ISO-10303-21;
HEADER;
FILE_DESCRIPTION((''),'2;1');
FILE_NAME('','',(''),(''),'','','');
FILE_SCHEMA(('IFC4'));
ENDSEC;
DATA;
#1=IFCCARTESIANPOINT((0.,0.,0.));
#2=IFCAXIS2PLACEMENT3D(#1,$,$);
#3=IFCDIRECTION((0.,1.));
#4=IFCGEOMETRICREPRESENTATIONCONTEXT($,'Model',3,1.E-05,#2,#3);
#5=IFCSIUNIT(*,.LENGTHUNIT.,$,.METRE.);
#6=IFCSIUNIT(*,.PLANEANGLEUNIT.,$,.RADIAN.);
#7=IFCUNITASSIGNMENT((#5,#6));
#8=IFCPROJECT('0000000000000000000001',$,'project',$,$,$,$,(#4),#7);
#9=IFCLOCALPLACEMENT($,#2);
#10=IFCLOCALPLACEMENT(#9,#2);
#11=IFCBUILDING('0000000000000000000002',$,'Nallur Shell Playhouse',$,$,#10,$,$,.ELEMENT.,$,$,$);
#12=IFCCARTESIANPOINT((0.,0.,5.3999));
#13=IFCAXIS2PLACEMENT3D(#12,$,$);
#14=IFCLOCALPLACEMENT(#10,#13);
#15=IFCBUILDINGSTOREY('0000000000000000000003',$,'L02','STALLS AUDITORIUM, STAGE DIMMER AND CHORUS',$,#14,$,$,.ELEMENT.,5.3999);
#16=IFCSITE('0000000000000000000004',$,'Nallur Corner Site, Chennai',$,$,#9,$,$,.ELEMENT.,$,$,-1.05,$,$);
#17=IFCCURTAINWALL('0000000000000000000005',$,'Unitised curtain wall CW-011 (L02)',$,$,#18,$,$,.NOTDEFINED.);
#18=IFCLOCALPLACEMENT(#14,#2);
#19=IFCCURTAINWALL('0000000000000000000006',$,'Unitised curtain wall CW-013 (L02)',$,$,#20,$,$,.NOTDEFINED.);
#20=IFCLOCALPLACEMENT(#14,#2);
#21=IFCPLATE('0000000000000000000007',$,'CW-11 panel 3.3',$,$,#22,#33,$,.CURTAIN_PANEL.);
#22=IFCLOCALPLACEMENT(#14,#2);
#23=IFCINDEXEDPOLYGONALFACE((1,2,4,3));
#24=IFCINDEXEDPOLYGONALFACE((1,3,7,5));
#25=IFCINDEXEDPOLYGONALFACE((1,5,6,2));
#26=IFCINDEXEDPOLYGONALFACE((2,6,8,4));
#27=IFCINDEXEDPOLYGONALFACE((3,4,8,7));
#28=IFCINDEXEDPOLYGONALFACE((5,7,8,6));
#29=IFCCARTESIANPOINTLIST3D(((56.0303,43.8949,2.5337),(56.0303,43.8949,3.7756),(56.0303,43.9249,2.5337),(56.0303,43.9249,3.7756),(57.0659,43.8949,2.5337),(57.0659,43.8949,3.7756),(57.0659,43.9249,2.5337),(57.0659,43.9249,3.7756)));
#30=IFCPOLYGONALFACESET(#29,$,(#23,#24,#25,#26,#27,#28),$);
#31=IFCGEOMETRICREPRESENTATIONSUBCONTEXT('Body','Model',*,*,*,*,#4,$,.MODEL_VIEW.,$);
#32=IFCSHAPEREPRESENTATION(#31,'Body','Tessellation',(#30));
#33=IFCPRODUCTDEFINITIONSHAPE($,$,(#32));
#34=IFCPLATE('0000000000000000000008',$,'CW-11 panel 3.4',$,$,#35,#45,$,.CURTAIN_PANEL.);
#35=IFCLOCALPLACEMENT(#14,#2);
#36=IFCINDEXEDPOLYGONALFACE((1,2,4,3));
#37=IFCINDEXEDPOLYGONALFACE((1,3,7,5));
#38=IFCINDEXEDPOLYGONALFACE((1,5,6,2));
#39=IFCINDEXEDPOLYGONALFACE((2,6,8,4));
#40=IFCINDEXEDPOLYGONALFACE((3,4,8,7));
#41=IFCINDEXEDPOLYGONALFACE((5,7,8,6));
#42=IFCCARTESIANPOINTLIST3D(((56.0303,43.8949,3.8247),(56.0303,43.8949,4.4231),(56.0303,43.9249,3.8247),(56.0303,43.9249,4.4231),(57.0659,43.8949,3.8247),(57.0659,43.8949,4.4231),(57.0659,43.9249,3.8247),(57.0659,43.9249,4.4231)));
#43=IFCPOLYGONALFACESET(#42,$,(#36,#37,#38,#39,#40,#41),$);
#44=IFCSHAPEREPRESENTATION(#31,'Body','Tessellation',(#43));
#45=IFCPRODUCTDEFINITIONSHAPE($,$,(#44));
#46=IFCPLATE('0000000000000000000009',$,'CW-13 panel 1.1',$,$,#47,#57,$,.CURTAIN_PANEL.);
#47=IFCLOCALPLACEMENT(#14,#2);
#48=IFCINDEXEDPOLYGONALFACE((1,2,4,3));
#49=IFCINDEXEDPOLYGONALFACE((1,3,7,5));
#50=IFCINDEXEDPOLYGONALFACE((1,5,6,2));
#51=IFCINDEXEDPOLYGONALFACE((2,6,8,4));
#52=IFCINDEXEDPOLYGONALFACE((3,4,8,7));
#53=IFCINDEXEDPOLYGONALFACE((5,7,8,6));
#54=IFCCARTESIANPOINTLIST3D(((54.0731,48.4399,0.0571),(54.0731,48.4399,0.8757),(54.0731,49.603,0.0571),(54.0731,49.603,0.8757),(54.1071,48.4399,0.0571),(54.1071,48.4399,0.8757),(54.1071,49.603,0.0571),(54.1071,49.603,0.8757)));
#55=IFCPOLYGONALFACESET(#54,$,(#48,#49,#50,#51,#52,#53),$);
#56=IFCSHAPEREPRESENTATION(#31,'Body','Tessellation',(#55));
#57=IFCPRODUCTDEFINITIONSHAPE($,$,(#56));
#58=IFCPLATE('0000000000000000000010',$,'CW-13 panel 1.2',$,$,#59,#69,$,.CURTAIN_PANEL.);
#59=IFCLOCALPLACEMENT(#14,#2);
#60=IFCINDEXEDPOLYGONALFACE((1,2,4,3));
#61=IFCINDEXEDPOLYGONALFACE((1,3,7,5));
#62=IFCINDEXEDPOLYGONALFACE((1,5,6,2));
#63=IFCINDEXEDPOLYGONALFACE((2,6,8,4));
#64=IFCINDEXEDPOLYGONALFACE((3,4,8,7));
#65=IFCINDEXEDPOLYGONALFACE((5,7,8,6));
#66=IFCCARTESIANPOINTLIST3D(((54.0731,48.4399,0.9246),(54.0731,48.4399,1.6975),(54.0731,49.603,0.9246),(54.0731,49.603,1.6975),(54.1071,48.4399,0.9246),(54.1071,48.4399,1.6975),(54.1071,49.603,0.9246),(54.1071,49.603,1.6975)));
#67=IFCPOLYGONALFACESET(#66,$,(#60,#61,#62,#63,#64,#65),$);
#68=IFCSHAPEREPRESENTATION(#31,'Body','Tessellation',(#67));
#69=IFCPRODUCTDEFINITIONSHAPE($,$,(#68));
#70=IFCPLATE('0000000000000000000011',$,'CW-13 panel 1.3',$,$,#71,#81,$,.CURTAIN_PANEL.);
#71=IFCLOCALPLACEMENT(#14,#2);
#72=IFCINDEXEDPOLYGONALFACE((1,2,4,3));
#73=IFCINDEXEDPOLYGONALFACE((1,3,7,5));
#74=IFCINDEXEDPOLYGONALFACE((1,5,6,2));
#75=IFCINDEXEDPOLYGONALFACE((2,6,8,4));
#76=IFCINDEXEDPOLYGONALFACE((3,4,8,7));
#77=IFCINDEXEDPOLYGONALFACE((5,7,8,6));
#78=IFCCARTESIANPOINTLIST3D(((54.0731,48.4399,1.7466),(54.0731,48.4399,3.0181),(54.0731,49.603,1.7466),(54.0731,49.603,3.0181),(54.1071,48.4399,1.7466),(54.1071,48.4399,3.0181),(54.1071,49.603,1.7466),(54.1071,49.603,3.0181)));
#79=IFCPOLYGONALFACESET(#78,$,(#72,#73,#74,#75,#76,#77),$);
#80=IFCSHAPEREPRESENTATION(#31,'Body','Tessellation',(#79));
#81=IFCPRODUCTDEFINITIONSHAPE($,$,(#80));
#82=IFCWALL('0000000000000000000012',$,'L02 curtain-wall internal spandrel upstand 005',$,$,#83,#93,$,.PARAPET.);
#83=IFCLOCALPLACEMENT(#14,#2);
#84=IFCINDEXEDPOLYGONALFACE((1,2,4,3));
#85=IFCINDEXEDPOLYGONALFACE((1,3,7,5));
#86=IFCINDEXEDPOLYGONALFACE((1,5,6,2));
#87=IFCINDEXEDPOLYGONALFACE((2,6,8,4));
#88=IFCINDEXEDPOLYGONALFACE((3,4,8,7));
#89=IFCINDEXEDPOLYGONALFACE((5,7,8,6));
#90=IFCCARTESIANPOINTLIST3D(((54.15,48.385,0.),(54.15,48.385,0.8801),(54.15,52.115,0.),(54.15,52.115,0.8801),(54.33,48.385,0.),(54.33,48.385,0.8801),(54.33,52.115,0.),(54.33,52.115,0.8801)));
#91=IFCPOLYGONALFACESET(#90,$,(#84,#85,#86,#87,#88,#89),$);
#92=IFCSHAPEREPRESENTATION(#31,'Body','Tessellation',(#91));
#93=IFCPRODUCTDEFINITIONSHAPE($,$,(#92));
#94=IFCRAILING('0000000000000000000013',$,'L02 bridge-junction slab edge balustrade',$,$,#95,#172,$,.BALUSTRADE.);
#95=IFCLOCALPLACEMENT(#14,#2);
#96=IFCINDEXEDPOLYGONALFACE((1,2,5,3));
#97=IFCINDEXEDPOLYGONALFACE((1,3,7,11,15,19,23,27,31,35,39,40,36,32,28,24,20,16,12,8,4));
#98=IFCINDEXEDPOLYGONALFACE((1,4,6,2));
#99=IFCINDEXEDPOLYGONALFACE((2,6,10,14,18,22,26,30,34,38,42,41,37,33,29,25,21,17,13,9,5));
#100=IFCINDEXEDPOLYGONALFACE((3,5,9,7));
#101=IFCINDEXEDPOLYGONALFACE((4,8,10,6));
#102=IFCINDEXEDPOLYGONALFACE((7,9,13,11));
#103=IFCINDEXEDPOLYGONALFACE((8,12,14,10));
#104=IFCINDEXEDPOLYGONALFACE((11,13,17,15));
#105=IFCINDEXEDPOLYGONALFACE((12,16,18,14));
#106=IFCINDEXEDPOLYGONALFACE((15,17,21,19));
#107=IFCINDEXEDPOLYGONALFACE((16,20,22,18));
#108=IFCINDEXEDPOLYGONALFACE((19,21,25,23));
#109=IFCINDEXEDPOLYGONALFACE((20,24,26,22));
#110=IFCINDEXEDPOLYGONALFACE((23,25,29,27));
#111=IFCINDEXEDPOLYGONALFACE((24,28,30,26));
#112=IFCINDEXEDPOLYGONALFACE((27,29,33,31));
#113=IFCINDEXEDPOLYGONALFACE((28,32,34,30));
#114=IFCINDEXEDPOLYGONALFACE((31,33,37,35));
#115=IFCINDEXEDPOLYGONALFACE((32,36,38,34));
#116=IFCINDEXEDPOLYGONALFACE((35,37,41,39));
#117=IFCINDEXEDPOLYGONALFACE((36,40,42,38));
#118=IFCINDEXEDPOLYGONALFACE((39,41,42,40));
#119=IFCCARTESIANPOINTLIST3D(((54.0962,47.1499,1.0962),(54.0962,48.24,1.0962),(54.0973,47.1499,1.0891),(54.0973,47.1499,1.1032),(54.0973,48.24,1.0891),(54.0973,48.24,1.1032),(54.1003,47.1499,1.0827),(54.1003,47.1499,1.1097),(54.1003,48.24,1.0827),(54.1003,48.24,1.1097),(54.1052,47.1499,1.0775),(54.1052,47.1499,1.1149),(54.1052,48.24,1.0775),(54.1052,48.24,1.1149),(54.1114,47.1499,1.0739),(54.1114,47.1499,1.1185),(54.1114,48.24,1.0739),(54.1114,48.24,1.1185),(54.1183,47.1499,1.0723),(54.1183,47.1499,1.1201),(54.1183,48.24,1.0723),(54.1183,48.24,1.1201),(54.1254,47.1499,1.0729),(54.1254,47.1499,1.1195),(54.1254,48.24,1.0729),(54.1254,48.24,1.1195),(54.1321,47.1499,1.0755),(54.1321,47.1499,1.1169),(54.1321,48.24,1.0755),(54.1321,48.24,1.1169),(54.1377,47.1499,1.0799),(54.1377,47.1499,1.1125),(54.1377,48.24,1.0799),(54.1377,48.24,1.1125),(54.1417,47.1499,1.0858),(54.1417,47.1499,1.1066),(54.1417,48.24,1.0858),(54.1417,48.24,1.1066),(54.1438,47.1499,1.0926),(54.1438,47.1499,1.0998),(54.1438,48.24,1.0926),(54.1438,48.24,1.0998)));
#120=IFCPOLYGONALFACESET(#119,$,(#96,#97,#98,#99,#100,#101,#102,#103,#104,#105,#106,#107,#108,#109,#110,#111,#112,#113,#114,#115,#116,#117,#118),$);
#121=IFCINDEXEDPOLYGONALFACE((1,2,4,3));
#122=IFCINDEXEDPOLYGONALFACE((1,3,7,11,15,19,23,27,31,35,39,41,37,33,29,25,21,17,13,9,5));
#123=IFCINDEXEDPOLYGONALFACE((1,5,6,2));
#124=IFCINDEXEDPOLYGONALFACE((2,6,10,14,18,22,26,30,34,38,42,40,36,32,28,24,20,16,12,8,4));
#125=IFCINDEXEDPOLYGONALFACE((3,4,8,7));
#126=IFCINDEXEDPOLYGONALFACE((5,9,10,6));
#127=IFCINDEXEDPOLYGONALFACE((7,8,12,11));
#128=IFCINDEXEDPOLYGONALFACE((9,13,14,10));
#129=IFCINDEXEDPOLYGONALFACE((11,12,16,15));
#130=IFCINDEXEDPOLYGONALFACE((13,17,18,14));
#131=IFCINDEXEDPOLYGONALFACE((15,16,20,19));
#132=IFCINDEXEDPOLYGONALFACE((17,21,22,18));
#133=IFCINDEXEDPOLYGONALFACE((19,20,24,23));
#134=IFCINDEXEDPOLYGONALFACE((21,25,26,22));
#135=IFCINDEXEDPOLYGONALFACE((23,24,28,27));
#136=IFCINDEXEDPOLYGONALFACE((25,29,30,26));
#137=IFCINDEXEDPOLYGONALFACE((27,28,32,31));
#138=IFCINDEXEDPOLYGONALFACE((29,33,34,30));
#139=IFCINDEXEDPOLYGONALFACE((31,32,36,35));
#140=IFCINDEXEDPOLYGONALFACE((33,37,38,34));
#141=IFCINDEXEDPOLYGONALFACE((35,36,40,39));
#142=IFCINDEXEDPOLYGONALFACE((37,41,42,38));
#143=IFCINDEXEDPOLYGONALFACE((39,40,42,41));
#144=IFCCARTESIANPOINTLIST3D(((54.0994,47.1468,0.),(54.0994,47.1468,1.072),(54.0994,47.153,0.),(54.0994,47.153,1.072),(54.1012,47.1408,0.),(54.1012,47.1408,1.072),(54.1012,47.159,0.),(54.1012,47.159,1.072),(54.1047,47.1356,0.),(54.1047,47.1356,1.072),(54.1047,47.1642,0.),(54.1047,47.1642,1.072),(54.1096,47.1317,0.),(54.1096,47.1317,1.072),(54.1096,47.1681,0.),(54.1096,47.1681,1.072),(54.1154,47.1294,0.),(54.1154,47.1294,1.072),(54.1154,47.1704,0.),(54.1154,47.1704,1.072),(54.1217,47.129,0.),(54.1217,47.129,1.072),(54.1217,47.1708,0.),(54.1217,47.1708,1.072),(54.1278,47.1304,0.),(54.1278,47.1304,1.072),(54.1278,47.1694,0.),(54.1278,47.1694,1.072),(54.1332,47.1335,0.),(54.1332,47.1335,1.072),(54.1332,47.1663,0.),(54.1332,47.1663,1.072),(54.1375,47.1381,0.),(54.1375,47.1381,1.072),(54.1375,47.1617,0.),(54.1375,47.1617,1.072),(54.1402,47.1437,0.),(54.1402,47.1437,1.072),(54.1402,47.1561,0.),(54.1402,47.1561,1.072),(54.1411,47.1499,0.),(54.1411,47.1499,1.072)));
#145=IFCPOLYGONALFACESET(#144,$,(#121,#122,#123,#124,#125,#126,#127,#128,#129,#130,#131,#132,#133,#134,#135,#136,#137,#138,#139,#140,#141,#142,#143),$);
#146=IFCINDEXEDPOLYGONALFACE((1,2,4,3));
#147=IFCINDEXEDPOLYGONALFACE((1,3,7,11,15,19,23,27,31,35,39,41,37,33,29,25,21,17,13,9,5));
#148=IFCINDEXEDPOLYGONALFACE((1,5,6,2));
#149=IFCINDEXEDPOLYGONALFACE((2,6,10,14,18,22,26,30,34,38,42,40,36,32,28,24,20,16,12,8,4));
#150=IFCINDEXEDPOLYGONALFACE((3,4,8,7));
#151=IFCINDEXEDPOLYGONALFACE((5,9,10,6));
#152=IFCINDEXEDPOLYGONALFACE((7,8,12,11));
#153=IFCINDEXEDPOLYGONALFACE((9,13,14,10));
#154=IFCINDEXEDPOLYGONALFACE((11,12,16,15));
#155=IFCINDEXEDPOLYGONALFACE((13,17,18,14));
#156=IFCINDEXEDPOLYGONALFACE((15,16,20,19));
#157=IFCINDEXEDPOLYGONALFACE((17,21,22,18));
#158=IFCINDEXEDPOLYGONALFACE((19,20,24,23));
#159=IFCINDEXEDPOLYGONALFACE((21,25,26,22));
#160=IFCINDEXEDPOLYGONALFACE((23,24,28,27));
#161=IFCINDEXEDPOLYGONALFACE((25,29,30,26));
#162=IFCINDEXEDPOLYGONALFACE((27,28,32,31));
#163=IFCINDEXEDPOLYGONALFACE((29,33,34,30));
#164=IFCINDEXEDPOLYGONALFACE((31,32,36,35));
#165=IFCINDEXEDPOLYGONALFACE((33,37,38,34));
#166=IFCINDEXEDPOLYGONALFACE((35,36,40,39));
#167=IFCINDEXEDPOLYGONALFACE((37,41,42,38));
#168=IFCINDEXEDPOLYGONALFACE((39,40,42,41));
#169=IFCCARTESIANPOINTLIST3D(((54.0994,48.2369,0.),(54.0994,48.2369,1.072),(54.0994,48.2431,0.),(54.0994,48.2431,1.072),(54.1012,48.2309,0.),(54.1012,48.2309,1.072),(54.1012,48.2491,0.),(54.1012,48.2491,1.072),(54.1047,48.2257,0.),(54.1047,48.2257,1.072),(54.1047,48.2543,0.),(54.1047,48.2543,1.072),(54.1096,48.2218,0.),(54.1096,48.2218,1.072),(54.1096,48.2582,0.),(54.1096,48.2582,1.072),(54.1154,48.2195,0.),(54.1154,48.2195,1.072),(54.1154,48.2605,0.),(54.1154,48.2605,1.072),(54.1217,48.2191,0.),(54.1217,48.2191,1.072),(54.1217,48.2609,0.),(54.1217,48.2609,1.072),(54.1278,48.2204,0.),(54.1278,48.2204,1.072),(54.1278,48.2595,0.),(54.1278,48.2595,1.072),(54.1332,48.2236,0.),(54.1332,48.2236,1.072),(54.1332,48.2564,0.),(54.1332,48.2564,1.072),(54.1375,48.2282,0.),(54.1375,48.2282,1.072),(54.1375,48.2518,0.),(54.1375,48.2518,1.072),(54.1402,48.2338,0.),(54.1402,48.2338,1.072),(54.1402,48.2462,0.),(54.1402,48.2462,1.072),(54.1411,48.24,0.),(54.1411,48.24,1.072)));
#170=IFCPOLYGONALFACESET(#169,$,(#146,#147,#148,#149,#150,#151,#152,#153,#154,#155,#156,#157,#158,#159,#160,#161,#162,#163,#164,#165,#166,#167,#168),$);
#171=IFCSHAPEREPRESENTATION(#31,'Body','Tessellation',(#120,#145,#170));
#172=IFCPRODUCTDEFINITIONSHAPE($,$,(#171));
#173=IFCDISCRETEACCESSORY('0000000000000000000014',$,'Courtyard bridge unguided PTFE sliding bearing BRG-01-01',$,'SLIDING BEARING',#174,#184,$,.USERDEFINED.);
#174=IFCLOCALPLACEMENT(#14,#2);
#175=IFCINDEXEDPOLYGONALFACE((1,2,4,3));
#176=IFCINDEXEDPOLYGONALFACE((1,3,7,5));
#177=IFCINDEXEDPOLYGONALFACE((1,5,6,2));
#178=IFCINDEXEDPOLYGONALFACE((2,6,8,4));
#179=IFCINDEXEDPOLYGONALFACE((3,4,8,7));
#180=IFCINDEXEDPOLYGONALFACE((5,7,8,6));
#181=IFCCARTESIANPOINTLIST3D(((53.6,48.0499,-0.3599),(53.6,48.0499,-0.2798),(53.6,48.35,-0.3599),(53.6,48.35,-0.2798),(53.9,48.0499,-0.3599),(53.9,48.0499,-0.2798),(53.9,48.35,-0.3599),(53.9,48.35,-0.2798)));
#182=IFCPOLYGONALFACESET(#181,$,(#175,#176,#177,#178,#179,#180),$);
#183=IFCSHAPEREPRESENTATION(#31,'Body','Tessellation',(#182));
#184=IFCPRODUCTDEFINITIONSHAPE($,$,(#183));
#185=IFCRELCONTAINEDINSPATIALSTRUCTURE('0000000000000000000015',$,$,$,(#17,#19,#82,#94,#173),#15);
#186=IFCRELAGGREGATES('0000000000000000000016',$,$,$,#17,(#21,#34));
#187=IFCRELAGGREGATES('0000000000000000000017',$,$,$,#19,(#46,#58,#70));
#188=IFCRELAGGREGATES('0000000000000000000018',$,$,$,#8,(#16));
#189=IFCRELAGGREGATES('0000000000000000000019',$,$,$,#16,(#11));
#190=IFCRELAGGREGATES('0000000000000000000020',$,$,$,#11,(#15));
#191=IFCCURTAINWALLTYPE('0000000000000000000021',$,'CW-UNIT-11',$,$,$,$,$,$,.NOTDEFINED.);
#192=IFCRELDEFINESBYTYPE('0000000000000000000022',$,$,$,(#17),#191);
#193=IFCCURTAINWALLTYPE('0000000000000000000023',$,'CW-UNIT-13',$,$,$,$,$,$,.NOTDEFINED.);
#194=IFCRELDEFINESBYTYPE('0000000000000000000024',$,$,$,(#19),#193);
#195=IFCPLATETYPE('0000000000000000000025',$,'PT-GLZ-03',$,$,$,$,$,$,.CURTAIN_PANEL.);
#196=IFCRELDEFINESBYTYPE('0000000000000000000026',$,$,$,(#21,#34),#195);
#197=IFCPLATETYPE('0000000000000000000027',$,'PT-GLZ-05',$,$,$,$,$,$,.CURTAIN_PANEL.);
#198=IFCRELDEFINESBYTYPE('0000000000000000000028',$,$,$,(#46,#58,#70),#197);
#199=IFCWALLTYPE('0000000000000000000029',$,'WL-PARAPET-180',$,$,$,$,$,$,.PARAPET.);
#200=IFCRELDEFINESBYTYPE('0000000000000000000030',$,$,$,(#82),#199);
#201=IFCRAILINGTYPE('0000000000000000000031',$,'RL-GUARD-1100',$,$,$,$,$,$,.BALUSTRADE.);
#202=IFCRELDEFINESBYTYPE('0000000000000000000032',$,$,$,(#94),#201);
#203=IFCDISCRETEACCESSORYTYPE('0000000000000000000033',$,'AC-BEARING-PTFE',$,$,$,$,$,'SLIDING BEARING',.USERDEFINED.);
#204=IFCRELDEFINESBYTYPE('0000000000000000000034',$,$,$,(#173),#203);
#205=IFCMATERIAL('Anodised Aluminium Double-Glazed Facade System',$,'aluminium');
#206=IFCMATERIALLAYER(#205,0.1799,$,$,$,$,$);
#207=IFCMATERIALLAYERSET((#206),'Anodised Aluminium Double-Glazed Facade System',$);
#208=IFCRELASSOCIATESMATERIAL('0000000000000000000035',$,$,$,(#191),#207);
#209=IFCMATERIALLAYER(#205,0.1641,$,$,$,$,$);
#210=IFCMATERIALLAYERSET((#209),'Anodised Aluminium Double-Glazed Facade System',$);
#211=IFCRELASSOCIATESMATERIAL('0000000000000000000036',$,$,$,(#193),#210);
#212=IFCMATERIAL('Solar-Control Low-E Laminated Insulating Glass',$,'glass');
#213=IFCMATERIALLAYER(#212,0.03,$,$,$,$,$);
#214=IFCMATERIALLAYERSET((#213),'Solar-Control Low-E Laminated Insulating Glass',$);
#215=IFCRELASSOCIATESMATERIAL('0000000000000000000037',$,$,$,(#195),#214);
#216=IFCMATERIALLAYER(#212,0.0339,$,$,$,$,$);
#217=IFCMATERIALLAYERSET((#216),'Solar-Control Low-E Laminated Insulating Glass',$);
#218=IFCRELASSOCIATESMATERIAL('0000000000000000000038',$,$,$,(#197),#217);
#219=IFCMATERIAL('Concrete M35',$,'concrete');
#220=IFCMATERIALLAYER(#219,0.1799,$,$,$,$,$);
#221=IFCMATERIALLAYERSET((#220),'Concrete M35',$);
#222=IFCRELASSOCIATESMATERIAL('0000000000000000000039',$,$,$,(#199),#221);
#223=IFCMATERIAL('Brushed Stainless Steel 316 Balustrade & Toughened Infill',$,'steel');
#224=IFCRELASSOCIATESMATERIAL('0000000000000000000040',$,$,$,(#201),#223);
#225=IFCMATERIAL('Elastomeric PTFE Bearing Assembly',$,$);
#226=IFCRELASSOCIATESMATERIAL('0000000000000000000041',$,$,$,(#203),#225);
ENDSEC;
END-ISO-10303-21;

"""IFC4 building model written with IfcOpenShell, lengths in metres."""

from ifc_helpers import new_model, si_unit, direction, frame, frame_2d, origin, origin_2d, place, context, subcontext, project, spatial, rectangle, circle, extrude, material, layer, layer_set, type_object, element, aggregate, save


model = new_model("IFC4")

# Units and contexts
model_context = context("Model", 3, precision=1e-05, world=origin(), true_north=direction((0.0, 1.0)))
body_context = subcontext(model_context, "Body", "Model", "MODEL_VIEW")
ifc_project = project(units=[si_unit("LENGTHUNIT", "METRE"), si_unit("PLANEANGLEUNIT", "RADIAN")], contexts=[model_context])

# Site, building, storey
site_placement = place(None, origin())
site = spatial("IfcSite", under=ifc_project, at=site_placement, Name="Nallur Corner Site, Chennai", CompositionType="ELEMENT", RefElevation=-1.05)
building_placement = place(site_placement, origin())
building = spatial("IfcBuilding", under=site, at=building_placement, Name="Nallur Shell Playhouse", CompositionType="ELEMENT")
storey_placement = place(building_placement, frame((0.0, 0.0, 5.3999)))
storey = spatial("IfcBuildingStorey", under=building, at=storey_placement, Name="L02", Description="STALLS AUDITORIUM, STAGE DIMMER AND CHORUS", CompositionType="ELEMENT", Elevation=5.3999)

# Curtain wall
ifc_material_1 = material(Name="Anodised Aluminium Double-Glazed Facade System", Category="aluminium")
ifc_layer_1 = layer(ifc_material_1, 0.1799)
ifc_layer_set_1 = layer_set([ifc_layer_1], Name="Anodised Aluminium Double-Glazed Facade System")
curtain_wall_type_1 = type_object("IfcCurtainWallType", Name="CW-UNIT-11", PredefinedType="NOTDEFINED", material=ifc_layer_set_1)
curtain_wall_1_placement = place(storey_placement, origin())
curtain_wall_1 = element("IfcCurtainWall", 1, at=curtain_wall_1_placement, inside=storey, type_object=curtain_wall_type_1, Name="Unitised curtain wall CW-011 (L02)", PredefinedType="NOTDEFINED")

# Curtain wall
ifc_layer_2 = layer(ifc_material_1, 0.1641)
ifc_layer_set_2 = layer_set([ifc_layer_2], Name="Anodised Aluminium Double-Glazed Facade System")
curtain_wall_type_2 = type_object("IfcCurtainWallType", Name="CW-UNIT-13", PredefinedType="NOTDEFINED", material=ifc_layer_set_2)
curtain_wall_2_placement = place(storey_placement, origin())
curtain_wall_2 = element("IfcCurtainWall", 2, at=curtain_wall_2_placement, inside=storey, type_object=curtain_wall_type_2, Name="Unitised curtain wall CW-013 (L02)", PredefinedType="NOTDEFINED")

# Plates
ifc_material_2 = material(Name="Solar-Control Low-E Laminated Insulating Glass", Category="glass")
ifc_layer_3 = layer(ifc_material_2, 0.03)
ifc_layer_set_3 = layer_set([ifc_layer_3], Name="Solar-Control Low-E Laminated Insulating Glass")
plate_type_1 = type_object("IfcPlateType", Name="PT-GLZ-03", PredefinedType="CURTAIN_PANEL", material=ifc_layer_set_3)
plate_1_placement = place(storey_placement, frame((56.5481, 43.9099, 2.5337), z_axis=(0.0, 0.0, 1.0), x_axis=(1.0, 0.0, 0.0)))
plate_1 = element("IfcPlate", 3, at=plate_1_placement, type_object=plate_type_1, Name="CW-11 panel 3.3", PredefinedType="CURTAIN_PANEL", context=body_context, shape_type="SweptSolid", body=[
    extrude(rectangle(XDim=1.0356, YDim=0.03, at=origin_2d()), origin(), (0.0, 0.0, 1.0), 1.2419),
])
plate_2_placement = place(storey_placement, frame((56.5481, 43.9099, 3.8247), z_axis=(0.0, 0.0, 1.0), x_axis=(1.0, 0.0, 0.0)))
plate_2 = element("IfcPlate", 4, at=plate_2_placement, type_object=plate_type_1, Name="CW-11 panel 3.4", PredefinedType="CURTAIN_PANEL", context=body_context, shape_type="SweptSolid", body=[
    extrude(rectangle(XDim=1.0356, YDim=0.03, at=origin_2d()), origin(), (0.0, 0.0, 1.0), 0.5984),
])
aggregate(curtain_wall_1, [plate_1, plate_2])
ifc_layer_4 = layer(ifc_material_2, 0.0339)
ifc_layer_set_4 = layer_set([ifc_layer_4], Name="Solar-Control Low-E Laminated Insulating Glass")
plate_type_2 = type_object("IfcPlateType", Name="PT-GLZ-05", PredefinedType="CURTAIN_PANEL", material=ifc_layer_set_4)
plate_3_placement = place(storey_placement, frame((54.0901, 49.0215, 0.0571), z_axis=(0.0, 0.0, 1.0), x_axis=(0.0, 1.0, 0.0)))
plate_3 = element("IfcPlate", 5, at=plate_3_placement, type_object=plate_type_2, Name="CW-13 panel 1.1", PredefinedType="CURTAIN_PANEL", context=body_context, shape_type="SweptSolid", body=[
    extrude(rectangle(XDim=1.1631, YDim=0.0339, at=origin_2d()), origin(), (0.0, 0.0, 1.0), 0.8186),
])
plate_4_placement = place(storey_placement, frame((54.0901, 49.0215, 0.9246), z_axis=(0.0, 0.0, 1.0), x_axis=(0.0, 1.0, 0.0)))
plate_4 = element("IfcPlate", 6, at=plate_4_placement, type_object=plate_type_2, Name="CW-13 panel 1.2", PredefinedType="CURTAIN_PANEL", context=body_context, shape_type="SweptSolid", body=[
    extrude(rectangle(XDim=1.1631, YDim=0.0339, at=origin_2d()), origin(), (0.0, 0.0, 1.0), 0.7729),
])
plate_5_placement = place(storey_placement, frame((54.0901, 49.0215, 1.7466), z_axis=(0.0, 0.0, 1.0), x_axis=(0.0, 1.0, 0.0)))
plate_5 = element("IfcPlate", 7, at=plate_5_placement, type_object=plate_type_2, Name="CW-13 panel 1.3", PredefinedType="CURTAIN_PANEL", context=body_context, shape_type="SweptSolid", body=[
    extrude(rectangle(XDim=1.1631, YDim=0.0339, at=origin_2d()), origin(), (0.0, 0.0, 1.0), 1.2715),
])
aggregate(curtain_wall_2, [plate_3, plate_4, plate_5])

# Wall
ifc_material_3 = material(Name="Concrete M35", Category="concrete")
ifc_layer_5 = layer(ifc_material_3, 0.1799)
ifc_layer_set_5 = layer_set([ifc_layer_5], Name="Concrete M35")
wall_type = type_object("IfcWallType", Name="WL-PARAPET-180", PredefinedType="PARAPET", material=ifc_layer_set_5)
wall_placement = place(storey_placement, frame((54.24, 48.385, 0.0), z_axis=(0.0, 0.0, 1.0), x_axis=(0.0, 1.0, 0.0)))
element("IfcWall", 8, at=wall_placement, inside=storey, type_object=wall_type, Name="L02 curtain-wall internal spandrel upstand 005", PredefinedType="PARAPET", context=body_context, shape_type="SweptSolid", body=[
    extrude(rectangle(XDim=3.73, YDim=0.1799, at=frame_2d((1.865, 0.0))), origin(), (0.0, 0.0, 1.0), 0.8801),
])

# Railing
ifc_material_4 = material(Name="Brushed Stainless Steel 316 Balustrade & Toughened Infill", Category="steel")
railing_type = type_object("IfcRailingType", Name="RL-GUARD-1100", PredefinedType="BALUSTRADE", material=ifc_material_4)
railing_1_placement = place(storey_placement, frame((54.1201, 47.1499, 0.0)))
element("IfcRailing", 9, at=railing_1_placement, inside=storey, type_object=railing_type, Name="L02 bridge-junction slab edge balustrade", PredefinedType="BALUSTRADE", context=body_context, shape_type="SweptSolid", body=[
    extrude(circle(Radius=0.0239, at=origin_2d()), frame((0.0, 0.0, 1.0962), z_axis=(0.0, 1.0, 0.0), x_axis=(-1.0, 0.0, 0.0)), (0.0, 0.0, 1.0), 1.0901),
    extrude(circle(Radius=0.021, at=origin_2d()), origin(), (0.0, 0.0, 1.0), 1.072),
    extrude(circle(Radius=0.021, at=origin_2d()), frame((0.0, 1.0901, 0.0)), (0.0, 0.0, 1.0), 1.072),
])

# Discrete accessory
ifc_material_5 = material(Name="Elastomeric PTFE Bearing Assembly")
discrete_accessory_type = type_object("IfcDiscreteAccessoryType", Name="AC-BEARING-PTFE", ElementType="SLIDING BEARING", PredefinedType="USERDEFINED", material=ifc_material_5)
discrete_accessory_placement = place(storey_placement, frame((53.75, 48.2, -0.3599), z_axis=(0.0, 0.0, 1.0), x_axis=(1.0, 0.0, 0.0)))
element("IfcDiscreteAccessory", 10, at=discrete_accessory_placement, inside=storey, type_object=discrete_accessory_type, Name="Courtyard bridge unguided PTFE sliding bearing BRG-01-01", ObjectType="SLIDING BEARING", PredefinedType="USERDEFINED", context=body_context, shape_type="SweptSolid", body=[
    extrude(rectangle(XDim=0.3, YDim=0.3, at=origin_2d()), origin(), (0.0, 0.0, 1.0), 0.0801),
])

save(model, "model.ifc")
